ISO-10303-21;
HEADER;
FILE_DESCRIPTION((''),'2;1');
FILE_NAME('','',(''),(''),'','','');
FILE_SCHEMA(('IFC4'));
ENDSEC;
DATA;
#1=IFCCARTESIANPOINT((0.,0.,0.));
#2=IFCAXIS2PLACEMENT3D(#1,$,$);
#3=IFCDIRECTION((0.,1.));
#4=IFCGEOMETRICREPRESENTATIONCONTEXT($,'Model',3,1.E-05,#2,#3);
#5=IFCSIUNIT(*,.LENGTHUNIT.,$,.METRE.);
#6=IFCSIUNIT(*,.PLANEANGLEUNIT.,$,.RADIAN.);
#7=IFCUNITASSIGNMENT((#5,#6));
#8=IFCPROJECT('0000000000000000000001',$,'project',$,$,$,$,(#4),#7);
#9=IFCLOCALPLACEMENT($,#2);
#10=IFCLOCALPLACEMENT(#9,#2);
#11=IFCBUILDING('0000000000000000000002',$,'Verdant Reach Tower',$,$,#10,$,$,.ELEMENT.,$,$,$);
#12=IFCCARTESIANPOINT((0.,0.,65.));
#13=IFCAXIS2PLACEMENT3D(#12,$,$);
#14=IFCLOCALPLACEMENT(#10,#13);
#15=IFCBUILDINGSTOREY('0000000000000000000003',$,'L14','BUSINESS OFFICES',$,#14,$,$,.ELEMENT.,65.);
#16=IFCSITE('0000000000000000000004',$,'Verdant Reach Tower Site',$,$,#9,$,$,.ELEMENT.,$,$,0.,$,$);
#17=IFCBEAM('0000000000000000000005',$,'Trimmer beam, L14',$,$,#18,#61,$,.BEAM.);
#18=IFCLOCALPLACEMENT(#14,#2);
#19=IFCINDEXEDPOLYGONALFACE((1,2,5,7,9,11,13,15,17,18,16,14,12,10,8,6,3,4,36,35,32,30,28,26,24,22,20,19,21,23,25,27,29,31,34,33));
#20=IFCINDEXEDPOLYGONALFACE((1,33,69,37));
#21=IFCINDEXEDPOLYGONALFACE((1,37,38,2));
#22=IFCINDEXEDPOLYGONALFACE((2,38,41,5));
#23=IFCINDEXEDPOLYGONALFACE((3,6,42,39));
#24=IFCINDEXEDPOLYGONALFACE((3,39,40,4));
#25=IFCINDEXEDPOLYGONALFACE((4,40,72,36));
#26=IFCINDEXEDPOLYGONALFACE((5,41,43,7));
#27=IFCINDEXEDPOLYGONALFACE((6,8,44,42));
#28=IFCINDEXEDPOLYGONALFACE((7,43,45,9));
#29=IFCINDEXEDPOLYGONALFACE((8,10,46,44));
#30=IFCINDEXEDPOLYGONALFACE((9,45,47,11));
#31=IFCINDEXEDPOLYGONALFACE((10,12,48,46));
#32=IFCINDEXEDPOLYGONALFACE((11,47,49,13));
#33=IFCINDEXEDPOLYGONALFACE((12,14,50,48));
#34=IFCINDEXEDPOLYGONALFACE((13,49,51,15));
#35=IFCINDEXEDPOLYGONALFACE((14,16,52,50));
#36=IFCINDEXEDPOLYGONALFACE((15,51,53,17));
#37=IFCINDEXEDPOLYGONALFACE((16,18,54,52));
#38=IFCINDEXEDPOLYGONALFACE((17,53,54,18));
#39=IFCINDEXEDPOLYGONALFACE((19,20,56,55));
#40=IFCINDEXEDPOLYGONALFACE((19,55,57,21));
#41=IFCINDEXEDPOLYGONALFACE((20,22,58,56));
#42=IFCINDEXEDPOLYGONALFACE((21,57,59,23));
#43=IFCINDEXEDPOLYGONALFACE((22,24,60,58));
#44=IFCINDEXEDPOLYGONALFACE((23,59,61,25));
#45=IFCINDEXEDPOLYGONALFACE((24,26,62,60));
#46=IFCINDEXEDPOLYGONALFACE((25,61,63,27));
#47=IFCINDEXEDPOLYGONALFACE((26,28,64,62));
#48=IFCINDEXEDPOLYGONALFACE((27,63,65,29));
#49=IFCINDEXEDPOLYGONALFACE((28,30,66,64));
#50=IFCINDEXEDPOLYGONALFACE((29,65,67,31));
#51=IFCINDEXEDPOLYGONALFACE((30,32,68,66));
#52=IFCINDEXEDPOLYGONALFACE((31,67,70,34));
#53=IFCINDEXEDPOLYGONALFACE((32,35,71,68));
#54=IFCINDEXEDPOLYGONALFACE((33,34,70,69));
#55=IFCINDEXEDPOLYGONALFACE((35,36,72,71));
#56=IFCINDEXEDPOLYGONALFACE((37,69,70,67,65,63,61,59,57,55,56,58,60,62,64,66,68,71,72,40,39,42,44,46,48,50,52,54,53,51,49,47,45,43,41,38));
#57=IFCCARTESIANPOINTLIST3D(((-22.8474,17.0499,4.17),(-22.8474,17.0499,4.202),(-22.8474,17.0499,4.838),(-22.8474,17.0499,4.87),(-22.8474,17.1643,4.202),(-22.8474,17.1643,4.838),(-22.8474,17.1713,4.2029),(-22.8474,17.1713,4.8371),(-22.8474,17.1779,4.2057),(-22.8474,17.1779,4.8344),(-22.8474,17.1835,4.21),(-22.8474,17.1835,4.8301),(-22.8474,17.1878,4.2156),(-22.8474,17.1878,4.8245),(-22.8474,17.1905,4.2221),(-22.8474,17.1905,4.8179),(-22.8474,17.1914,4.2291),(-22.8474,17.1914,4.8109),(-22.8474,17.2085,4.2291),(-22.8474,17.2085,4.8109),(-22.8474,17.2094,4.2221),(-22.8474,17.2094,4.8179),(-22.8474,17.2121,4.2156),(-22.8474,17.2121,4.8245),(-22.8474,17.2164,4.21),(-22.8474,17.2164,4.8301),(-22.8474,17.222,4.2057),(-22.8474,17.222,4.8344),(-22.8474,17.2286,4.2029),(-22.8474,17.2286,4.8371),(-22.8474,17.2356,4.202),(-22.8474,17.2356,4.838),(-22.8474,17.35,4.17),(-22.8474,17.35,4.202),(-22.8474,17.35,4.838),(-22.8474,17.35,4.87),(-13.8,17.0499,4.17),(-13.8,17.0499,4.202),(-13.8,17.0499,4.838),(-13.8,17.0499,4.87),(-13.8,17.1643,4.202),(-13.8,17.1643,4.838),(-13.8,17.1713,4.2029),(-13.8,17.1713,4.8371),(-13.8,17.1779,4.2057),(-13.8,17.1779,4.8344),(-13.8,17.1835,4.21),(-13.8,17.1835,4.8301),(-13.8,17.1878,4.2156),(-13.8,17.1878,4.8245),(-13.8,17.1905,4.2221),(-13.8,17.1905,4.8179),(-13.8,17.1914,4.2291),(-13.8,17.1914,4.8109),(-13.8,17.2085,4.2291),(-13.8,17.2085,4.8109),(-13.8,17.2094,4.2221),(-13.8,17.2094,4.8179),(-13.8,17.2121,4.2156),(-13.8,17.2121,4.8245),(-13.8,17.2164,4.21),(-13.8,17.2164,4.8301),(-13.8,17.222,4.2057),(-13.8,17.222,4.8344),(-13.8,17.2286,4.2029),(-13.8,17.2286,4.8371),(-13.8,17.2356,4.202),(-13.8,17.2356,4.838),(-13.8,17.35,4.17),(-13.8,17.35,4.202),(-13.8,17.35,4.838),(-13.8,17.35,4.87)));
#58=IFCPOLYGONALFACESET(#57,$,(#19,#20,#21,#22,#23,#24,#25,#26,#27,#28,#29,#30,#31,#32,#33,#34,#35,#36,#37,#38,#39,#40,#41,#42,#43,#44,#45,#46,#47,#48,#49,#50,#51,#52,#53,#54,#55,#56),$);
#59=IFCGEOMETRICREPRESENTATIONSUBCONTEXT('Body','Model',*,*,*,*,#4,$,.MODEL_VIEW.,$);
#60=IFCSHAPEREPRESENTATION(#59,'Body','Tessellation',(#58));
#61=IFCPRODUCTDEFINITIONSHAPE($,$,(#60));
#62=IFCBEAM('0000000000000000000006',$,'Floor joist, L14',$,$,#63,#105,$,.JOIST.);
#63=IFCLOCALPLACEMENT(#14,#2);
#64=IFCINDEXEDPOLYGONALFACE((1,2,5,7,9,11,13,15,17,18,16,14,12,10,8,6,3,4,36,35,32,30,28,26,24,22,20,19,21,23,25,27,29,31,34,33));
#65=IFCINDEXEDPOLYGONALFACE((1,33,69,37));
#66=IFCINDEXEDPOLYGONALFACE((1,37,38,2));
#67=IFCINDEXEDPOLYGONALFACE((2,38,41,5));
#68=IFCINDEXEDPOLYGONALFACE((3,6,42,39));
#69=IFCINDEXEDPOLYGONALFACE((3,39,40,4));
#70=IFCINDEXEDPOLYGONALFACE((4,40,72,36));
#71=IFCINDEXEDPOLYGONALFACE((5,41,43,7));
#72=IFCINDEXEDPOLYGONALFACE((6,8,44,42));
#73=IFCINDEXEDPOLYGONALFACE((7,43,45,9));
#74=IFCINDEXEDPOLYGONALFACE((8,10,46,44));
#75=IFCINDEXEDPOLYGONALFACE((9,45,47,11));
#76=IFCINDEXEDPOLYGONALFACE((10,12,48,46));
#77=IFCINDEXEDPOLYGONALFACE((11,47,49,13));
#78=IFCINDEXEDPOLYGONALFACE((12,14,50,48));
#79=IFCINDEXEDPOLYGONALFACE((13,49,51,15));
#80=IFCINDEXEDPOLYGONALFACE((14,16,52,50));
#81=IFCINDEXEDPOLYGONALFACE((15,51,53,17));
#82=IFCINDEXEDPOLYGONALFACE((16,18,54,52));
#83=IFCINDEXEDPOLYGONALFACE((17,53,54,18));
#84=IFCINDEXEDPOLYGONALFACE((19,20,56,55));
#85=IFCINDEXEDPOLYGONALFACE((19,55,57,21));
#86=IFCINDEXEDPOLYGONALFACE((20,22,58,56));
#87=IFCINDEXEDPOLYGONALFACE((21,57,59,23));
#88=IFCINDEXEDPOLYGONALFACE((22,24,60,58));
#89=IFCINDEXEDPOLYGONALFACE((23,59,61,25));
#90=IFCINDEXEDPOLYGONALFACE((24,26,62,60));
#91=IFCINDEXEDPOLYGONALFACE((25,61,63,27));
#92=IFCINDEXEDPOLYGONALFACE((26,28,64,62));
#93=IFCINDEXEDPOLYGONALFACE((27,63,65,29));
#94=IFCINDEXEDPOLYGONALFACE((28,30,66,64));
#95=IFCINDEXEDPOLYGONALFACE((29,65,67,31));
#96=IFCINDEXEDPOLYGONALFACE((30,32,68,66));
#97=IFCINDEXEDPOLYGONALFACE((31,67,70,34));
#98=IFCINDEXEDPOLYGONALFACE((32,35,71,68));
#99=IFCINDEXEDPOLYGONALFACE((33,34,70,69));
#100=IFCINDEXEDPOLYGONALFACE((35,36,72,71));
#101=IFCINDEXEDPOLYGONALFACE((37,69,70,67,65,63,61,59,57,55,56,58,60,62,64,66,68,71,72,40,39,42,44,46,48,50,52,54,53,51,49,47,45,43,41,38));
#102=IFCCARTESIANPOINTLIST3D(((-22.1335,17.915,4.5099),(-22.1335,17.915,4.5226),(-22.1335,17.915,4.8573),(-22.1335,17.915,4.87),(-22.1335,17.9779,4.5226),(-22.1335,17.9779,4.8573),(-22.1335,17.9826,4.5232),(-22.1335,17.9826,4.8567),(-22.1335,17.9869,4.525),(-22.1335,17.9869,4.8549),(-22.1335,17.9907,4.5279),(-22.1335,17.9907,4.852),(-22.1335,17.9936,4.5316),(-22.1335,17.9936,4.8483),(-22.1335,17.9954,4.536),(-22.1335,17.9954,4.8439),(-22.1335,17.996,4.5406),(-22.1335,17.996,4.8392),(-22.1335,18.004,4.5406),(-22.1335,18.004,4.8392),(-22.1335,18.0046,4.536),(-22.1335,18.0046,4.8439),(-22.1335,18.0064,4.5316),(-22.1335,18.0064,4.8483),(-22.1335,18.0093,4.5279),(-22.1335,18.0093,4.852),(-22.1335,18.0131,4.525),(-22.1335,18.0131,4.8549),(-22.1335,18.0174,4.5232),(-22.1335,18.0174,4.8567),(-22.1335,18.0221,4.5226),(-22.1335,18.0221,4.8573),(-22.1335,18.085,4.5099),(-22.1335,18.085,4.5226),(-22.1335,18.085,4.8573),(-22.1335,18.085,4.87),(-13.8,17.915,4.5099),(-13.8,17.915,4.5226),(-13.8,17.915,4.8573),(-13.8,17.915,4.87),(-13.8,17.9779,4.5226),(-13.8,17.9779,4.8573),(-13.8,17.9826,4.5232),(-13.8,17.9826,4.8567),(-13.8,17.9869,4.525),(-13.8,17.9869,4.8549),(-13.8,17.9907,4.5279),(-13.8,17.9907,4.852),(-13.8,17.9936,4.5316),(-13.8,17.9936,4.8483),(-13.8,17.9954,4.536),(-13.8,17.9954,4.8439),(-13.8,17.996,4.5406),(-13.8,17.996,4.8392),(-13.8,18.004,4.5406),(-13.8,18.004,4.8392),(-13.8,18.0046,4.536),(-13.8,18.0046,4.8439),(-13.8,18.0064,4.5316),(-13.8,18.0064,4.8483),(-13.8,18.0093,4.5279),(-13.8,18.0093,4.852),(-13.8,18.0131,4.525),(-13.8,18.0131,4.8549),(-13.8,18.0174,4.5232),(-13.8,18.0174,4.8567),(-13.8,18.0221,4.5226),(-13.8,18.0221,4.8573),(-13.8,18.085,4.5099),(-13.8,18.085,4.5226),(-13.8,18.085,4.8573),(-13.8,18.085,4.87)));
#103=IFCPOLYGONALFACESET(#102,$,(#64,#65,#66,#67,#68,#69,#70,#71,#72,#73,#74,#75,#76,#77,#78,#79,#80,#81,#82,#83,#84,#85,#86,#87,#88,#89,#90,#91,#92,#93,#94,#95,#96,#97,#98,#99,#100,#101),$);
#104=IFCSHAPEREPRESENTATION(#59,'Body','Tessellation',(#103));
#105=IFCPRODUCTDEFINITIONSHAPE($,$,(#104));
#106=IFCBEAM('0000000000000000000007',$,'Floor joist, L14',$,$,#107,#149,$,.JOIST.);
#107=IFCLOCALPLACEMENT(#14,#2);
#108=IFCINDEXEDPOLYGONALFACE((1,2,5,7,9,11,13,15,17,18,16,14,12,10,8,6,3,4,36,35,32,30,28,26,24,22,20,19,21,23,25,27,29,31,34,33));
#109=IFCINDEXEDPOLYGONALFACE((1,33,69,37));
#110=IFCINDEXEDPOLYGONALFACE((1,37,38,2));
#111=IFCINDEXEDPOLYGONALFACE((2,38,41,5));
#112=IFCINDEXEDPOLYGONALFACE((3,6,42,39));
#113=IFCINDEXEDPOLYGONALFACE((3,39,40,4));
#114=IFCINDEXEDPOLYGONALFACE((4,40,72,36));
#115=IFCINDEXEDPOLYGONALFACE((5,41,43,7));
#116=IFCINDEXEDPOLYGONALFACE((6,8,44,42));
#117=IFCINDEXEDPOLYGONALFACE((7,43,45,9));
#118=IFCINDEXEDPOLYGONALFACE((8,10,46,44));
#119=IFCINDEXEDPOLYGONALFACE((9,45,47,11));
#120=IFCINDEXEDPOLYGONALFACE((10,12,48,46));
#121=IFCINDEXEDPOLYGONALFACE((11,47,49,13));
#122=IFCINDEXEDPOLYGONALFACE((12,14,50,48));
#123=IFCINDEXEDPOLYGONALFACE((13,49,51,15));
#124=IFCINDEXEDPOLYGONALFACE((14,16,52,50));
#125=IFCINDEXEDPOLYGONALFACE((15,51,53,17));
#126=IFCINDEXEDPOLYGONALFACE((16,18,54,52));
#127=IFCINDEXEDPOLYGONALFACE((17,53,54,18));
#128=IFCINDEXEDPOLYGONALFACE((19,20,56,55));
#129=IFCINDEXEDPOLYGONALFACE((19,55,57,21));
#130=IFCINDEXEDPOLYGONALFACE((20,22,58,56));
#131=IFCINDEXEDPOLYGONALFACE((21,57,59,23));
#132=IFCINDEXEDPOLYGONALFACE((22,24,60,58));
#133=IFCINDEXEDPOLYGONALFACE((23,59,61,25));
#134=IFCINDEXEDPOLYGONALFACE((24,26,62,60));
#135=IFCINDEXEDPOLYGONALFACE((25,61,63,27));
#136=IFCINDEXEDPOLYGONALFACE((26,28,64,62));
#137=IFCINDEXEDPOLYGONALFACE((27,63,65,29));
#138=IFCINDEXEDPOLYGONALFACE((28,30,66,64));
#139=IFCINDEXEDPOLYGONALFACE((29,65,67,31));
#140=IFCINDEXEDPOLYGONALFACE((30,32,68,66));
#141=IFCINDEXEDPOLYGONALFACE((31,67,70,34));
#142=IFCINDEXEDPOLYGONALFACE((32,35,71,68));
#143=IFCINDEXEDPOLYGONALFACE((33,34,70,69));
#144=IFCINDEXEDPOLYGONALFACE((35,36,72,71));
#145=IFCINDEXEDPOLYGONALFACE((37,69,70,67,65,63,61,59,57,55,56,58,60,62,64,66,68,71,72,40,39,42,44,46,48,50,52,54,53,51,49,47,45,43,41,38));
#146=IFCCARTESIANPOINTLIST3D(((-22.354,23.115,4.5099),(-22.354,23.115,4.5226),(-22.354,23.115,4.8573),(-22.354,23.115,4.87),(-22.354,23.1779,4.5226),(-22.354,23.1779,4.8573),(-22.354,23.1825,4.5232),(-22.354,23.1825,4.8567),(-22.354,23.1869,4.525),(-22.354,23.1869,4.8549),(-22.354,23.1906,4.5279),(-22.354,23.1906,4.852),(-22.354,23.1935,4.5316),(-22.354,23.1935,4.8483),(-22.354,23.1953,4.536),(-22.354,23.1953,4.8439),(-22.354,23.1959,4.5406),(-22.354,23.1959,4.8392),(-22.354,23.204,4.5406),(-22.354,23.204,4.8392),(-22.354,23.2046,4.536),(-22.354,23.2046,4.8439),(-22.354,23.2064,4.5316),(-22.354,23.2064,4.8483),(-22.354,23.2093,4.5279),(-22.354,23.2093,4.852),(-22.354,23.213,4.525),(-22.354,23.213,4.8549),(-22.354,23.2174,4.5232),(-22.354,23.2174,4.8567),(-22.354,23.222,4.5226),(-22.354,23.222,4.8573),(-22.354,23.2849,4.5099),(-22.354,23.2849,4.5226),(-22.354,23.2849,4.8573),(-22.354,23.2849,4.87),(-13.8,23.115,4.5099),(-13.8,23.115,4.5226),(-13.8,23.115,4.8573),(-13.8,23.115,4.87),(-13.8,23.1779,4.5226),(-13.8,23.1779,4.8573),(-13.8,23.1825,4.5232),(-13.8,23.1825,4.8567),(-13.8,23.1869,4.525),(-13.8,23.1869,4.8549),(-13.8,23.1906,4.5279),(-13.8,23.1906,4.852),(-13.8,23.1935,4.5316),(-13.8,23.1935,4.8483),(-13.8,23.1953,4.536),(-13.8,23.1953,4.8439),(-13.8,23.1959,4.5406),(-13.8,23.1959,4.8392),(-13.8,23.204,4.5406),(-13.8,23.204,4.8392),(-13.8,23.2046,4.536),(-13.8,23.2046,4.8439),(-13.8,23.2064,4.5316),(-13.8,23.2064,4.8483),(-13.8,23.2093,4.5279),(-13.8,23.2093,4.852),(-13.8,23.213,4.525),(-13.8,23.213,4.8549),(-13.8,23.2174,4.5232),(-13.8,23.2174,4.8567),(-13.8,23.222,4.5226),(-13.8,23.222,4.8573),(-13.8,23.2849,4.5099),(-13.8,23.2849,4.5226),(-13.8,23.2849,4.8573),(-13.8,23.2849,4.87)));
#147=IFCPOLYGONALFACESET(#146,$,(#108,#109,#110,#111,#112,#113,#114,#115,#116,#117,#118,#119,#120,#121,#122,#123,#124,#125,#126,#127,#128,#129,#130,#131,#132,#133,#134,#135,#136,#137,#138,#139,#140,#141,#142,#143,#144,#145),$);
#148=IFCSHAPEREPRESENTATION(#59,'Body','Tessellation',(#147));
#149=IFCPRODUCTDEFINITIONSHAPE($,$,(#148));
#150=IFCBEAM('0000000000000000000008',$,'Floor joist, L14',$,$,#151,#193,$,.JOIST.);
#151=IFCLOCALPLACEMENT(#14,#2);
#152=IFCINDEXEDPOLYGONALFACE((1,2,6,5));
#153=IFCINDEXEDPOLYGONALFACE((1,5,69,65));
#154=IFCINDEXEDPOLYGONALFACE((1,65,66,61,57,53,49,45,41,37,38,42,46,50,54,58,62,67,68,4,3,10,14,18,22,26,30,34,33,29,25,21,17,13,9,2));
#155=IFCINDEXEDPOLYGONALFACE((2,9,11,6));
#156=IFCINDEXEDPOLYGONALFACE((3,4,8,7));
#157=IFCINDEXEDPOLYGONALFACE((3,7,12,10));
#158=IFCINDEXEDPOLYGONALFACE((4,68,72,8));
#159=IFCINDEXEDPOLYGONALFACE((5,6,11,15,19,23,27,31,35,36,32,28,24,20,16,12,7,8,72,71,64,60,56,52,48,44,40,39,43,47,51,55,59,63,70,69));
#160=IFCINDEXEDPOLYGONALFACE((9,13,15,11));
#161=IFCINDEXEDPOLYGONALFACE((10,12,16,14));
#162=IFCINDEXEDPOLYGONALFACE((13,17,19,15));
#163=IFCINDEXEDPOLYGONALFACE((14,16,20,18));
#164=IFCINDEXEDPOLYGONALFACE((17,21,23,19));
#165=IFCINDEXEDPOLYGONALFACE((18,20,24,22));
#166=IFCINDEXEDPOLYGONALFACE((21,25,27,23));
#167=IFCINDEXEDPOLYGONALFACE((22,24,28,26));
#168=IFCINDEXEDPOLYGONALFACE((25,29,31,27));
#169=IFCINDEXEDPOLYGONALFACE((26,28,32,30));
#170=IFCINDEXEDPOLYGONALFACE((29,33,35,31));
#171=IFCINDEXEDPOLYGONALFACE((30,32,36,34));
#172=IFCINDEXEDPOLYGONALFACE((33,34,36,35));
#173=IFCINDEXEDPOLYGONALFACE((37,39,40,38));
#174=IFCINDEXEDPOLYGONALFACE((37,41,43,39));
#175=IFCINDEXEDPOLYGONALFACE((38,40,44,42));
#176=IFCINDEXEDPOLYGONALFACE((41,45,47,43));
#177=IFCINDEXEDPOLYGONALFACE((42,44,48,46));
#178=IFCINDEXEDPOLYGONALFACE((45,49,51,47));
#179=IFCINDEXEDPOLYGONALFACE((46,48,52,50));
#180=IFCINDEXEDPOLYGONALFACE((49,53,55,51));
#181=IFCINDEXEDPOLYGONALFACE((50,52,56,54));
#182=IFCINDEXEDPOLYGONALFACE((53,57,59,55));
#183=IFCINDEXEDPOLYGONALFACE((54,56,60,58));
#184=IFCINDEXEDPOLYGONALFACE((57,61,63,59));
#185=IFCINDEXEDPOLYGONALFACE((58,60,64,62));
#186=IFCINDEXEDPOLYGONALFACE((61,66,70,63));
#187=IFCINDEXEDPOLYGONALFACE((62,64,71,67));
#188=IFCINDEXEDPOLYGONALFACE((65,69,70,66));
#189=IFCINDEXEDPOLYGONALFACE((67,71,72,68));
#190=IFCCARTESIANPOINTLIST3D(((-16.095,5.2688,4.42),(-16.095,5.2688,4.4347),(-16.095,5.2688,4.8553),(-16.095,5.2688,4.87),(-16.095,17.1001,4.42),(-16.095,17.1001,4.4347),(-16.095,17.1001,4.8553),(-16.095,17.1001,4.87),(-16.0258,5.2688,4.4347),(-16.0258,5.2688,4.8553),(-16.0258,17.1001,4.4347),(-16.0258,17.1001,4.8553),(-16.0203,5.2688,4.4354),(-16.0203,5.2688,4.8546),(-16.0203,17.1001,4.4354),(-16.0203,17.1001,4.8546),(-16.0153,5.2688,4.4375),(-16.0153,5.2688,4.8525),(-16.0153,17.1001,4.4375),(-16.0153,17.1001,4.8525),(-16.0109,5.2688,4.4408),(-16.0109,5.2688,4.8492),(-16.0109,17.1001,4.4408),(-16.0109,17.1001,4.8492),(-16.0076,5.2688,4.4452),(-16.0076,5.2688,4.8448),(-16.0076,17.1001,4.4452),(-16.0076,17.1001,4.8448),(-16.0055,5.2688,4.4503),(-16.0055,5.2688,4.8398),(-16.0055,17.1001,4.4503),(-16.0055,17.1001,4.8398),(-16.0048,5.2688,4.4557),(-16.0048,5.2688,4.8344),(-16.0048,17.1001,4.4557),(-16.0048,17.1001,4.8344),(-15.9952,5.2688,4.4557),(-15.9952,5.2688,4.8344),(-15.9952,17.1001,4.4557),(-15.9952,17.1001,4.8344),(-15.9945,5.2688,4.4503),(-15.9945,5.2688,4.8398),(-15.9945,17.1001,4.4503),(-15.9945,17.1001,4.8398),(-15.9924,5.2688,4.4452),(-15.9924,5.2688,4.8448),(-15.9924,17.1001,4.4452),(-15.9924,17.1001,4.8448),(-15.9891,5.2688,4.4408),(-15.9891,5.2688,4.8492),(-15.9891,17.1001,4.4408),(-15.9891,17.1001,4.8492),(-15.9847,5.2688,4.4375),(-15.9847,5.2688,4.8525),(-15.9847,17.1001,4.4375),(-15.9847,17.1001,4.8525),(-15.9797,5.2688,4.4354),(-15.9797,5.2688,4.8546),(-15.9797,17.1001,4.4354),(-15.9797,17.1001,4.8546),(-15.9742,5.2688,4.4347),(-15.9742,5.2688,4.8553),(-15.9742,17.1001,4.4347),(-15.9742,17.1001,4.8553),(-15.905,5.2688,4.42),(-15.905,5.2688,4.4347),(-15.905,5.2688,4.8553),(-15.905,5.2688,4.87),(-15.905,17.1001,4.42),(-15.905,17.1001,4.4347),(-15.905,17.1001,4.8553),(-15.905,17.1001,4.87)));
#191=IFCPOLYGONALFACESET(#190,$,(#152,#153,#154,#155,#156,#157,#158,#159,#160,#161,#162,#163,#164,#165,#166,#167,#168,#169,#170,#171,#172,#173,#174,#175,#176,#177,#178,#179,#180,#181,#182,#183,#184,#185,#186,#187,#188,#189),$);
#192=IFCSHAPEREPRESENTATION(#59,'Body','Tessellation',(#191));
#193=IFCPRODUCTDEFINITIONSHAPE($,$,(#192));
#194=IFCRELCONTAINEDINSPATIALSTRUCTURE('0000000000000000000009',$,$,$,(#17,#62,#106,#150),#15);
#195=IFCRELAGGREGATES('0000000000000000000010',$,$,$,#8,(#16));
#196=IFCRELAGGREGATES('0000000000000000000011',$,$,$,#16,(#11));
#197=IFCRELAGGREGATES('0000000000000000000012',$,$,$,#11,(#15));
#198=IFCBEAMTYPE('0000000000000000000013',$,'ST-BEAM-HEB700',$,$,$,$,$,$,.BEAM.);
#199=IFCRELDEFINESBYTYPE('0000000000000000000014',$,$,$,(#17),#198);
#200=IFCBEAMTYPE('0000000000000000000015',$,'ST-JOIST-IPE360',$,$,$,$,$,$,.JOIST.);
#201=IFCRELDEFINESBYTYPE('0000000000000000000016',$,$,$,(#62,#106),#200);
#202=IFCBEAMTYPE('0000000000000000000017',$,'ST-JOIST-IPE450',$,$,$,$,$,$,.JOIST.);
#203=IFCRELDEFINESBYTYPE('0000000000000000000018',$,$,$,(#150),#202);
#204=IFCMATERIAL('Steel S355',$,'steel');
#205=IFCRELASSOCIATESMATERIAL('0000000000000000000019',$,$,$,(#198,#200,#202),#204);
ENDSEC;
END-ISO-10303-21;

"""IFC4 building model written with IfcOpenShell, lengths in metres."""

from ifc_helpers import new_model, si_unit, direction, frame, origin, origin_2d, place, context, subcontext, project, spatial, i_section, extrude, material, material_profile, profile_set, type_object, element, save


model = new_model("IFC4")

# Units and contexts
model_context = context("Model", 3, precision=1e-05, world=origin(), true_north=direction((0.0, 1.0)))
body_context = subcontext(model_context, "Body", "Model", "MODEL_VIEW")
ifc_project = project(units=[si_unit("LENGTHUNIT", "METRE"), si_unit("PLANEANGLEUNIT", "RADIAN")], contexts=[model_context])

# Site, building, storey
site_placement = place(None, origin())
site = spatial("IfcSite", under=ifc_project, at=site_placement, Name="Verdant Reach Tower Site", CompositionType="ELEMENT", RefElevation=0.0)
building_placement = place(site_placement, origin())
building = spatial("IfcBuilding", under=site, at=building_placement, Name="Verdant Reach Tower", CompositionType="ELEMENT")
storey_placement = place(building_placement, frame((0.0, 0.0, 65.0)))
storey = spatial("IfcBuildingStorey", under=building, at=storey_placement, Name="L14", Description="BUSINESS OFFICES", CompositionType="ELEMENT", Elevation=65.0)

# Beams
ifc_material_1 = material(Name="Steel S355", Category="steel")
ifc_material_profile_1 = material_profile(ifc_material_1, i_section(OverallWidth=0.3, OverallDepth=0.7, WebThickness=0.0171, FlangeThickness=0.032, FilletRadius=0.0271, at=origin_2d()), Name="HEB 700")
ifc_profile_set_1 = profile_set([ifc_material_profile_1], Name="Steel S355")
beam_type_1 = type_object("IfcBeamType", Name="ST-BEAM-HEB700", PredefinedType="BEAM", material=ifc_profile_set_1)
beam_1_placement = place(storey_placement, frame((-13.8, 17.2, 4.52), z_axis=(-1.0, 0.0, 0.0), x_axis=(0.0, -1.0, 0.0)))
element("IfcBeam", 1, at=beam_1_placement, inside=storey, type_object=beam_type_1, Name="Trimmer beam, L14", PredefinedType="BEAM", context=body_context, shape_type="SweptSolid", body=[
    extrude(i_section(OverallWidth=0.3, OverallDepth=0.7, WebThickness=0.0171, FlangeThickness=0.032, FilletRadius=0.0271, at=origin_2d()), origin(), (0.0, 0.0, 1.0), 9.0474),
])
ifc_material_profile_2 = material_profile(ifc_material_1, i_section(OverallWidth=0.1699, OverallDepth=0.3601, WebThickness=0.0081, FlangeThickness=0.0127, FilletRadius=0.0181, at=origin_2d()), Name="IPE 360")
ifc_profile_set_2 = profile_set([ifc_material_profile_2], Name="Steel S355")
beam_type_2 = type_object("IfcBeamType", Name="ST-JOIST-IPE360", PredefinedType="JOIST", material=ifc_profile_set_2)
beam_2_placement = place(storey_placement, frame((-13.8, 18.0, 4.6899), z_axis=(-1.0, 0.0, 0.0), x_axis=(0.0, -1.0, 0.0)))
element("IfcBeam", 2, at=beam_2_placement, inside=storey, type_object=beam_type_2, Name="Floor joist, L14", PredefinedType="JOIST", context=body_context, shape_type="SweptSolid", body=[
    extrude(i_section(OverallWidth=0.1699, OverallDepth=0.3601, WebThickness=0.0081, FlangeThickness=0.0127, FilletRadius=0.0181, at=origin_2d()), origin(), (0.0, 0.0, 1.0), 8.3335),
])
beam_3_placement = place(storey_placement, frame((-13.8, 23.2, 4.6899), z_axis=(-1.0, 0.0, 0.0), x_axis=(0.0, -1.0, 0.0)))
element("IfcBeam", 3, at=beam_3_placement, inside=storey, type_object=beam_type_2, Name="Floor joist, L14", PredefinedType="JOIST", context=body_context, shape_type="SweptSolid", body=[
    extrude(i_section(OverallWidth=0.1699, OverallDepth=0.3601, WebThickness=0.0081, FlangeThickness=0.0127, FilletRadius=0.0181, at=origin_2d()), origin(), (0.0, 0.0, 1.0), 8.554),
])
ifc_material_profile_3 = material_profile(ifc_material_1, i_section(OverallWidth=0.1899, OverallDepth=0.45, WebThickness=0.0095, FlangeThickness=0.0146, FilletRadius=0.021, at=origin_2d()), Name="IPE 450")
ifc_profile_set_3 = profile_set([ifc_material_profile_3], Name="Steel S355")
beam_type_3 = type_object("IfcBeamType", Name="ST-JOIST-IPE450", PredefinedType="JOIST", material=ifc_profile_set_3)
beam_4_placement = place(storey_placement, frame((-16.0, 17.1001, 4.645), z_axis=(0.0, -1.0, 0.0), x_axis=(1.0, 0.0, 0.0)))
element("IfcBeam", 4, at=beam_4_placement, inside=storey, type_object=beam_type_3, Name="Floor joist, L14", PredefinedType="JOIST", context=body_context, shape_type="SweptSolid", body=[
    extrude(i_section(OverallWidth=0.1899, OverallDepth=0.45, WebThickness=0.0095, FlangeThickness=0.0146, FilletRadius=0.021, at=origin_2d()), origin(), (0.0, 0.0, 1.0), 11.8313),
])

save(model, "model.ifc")
